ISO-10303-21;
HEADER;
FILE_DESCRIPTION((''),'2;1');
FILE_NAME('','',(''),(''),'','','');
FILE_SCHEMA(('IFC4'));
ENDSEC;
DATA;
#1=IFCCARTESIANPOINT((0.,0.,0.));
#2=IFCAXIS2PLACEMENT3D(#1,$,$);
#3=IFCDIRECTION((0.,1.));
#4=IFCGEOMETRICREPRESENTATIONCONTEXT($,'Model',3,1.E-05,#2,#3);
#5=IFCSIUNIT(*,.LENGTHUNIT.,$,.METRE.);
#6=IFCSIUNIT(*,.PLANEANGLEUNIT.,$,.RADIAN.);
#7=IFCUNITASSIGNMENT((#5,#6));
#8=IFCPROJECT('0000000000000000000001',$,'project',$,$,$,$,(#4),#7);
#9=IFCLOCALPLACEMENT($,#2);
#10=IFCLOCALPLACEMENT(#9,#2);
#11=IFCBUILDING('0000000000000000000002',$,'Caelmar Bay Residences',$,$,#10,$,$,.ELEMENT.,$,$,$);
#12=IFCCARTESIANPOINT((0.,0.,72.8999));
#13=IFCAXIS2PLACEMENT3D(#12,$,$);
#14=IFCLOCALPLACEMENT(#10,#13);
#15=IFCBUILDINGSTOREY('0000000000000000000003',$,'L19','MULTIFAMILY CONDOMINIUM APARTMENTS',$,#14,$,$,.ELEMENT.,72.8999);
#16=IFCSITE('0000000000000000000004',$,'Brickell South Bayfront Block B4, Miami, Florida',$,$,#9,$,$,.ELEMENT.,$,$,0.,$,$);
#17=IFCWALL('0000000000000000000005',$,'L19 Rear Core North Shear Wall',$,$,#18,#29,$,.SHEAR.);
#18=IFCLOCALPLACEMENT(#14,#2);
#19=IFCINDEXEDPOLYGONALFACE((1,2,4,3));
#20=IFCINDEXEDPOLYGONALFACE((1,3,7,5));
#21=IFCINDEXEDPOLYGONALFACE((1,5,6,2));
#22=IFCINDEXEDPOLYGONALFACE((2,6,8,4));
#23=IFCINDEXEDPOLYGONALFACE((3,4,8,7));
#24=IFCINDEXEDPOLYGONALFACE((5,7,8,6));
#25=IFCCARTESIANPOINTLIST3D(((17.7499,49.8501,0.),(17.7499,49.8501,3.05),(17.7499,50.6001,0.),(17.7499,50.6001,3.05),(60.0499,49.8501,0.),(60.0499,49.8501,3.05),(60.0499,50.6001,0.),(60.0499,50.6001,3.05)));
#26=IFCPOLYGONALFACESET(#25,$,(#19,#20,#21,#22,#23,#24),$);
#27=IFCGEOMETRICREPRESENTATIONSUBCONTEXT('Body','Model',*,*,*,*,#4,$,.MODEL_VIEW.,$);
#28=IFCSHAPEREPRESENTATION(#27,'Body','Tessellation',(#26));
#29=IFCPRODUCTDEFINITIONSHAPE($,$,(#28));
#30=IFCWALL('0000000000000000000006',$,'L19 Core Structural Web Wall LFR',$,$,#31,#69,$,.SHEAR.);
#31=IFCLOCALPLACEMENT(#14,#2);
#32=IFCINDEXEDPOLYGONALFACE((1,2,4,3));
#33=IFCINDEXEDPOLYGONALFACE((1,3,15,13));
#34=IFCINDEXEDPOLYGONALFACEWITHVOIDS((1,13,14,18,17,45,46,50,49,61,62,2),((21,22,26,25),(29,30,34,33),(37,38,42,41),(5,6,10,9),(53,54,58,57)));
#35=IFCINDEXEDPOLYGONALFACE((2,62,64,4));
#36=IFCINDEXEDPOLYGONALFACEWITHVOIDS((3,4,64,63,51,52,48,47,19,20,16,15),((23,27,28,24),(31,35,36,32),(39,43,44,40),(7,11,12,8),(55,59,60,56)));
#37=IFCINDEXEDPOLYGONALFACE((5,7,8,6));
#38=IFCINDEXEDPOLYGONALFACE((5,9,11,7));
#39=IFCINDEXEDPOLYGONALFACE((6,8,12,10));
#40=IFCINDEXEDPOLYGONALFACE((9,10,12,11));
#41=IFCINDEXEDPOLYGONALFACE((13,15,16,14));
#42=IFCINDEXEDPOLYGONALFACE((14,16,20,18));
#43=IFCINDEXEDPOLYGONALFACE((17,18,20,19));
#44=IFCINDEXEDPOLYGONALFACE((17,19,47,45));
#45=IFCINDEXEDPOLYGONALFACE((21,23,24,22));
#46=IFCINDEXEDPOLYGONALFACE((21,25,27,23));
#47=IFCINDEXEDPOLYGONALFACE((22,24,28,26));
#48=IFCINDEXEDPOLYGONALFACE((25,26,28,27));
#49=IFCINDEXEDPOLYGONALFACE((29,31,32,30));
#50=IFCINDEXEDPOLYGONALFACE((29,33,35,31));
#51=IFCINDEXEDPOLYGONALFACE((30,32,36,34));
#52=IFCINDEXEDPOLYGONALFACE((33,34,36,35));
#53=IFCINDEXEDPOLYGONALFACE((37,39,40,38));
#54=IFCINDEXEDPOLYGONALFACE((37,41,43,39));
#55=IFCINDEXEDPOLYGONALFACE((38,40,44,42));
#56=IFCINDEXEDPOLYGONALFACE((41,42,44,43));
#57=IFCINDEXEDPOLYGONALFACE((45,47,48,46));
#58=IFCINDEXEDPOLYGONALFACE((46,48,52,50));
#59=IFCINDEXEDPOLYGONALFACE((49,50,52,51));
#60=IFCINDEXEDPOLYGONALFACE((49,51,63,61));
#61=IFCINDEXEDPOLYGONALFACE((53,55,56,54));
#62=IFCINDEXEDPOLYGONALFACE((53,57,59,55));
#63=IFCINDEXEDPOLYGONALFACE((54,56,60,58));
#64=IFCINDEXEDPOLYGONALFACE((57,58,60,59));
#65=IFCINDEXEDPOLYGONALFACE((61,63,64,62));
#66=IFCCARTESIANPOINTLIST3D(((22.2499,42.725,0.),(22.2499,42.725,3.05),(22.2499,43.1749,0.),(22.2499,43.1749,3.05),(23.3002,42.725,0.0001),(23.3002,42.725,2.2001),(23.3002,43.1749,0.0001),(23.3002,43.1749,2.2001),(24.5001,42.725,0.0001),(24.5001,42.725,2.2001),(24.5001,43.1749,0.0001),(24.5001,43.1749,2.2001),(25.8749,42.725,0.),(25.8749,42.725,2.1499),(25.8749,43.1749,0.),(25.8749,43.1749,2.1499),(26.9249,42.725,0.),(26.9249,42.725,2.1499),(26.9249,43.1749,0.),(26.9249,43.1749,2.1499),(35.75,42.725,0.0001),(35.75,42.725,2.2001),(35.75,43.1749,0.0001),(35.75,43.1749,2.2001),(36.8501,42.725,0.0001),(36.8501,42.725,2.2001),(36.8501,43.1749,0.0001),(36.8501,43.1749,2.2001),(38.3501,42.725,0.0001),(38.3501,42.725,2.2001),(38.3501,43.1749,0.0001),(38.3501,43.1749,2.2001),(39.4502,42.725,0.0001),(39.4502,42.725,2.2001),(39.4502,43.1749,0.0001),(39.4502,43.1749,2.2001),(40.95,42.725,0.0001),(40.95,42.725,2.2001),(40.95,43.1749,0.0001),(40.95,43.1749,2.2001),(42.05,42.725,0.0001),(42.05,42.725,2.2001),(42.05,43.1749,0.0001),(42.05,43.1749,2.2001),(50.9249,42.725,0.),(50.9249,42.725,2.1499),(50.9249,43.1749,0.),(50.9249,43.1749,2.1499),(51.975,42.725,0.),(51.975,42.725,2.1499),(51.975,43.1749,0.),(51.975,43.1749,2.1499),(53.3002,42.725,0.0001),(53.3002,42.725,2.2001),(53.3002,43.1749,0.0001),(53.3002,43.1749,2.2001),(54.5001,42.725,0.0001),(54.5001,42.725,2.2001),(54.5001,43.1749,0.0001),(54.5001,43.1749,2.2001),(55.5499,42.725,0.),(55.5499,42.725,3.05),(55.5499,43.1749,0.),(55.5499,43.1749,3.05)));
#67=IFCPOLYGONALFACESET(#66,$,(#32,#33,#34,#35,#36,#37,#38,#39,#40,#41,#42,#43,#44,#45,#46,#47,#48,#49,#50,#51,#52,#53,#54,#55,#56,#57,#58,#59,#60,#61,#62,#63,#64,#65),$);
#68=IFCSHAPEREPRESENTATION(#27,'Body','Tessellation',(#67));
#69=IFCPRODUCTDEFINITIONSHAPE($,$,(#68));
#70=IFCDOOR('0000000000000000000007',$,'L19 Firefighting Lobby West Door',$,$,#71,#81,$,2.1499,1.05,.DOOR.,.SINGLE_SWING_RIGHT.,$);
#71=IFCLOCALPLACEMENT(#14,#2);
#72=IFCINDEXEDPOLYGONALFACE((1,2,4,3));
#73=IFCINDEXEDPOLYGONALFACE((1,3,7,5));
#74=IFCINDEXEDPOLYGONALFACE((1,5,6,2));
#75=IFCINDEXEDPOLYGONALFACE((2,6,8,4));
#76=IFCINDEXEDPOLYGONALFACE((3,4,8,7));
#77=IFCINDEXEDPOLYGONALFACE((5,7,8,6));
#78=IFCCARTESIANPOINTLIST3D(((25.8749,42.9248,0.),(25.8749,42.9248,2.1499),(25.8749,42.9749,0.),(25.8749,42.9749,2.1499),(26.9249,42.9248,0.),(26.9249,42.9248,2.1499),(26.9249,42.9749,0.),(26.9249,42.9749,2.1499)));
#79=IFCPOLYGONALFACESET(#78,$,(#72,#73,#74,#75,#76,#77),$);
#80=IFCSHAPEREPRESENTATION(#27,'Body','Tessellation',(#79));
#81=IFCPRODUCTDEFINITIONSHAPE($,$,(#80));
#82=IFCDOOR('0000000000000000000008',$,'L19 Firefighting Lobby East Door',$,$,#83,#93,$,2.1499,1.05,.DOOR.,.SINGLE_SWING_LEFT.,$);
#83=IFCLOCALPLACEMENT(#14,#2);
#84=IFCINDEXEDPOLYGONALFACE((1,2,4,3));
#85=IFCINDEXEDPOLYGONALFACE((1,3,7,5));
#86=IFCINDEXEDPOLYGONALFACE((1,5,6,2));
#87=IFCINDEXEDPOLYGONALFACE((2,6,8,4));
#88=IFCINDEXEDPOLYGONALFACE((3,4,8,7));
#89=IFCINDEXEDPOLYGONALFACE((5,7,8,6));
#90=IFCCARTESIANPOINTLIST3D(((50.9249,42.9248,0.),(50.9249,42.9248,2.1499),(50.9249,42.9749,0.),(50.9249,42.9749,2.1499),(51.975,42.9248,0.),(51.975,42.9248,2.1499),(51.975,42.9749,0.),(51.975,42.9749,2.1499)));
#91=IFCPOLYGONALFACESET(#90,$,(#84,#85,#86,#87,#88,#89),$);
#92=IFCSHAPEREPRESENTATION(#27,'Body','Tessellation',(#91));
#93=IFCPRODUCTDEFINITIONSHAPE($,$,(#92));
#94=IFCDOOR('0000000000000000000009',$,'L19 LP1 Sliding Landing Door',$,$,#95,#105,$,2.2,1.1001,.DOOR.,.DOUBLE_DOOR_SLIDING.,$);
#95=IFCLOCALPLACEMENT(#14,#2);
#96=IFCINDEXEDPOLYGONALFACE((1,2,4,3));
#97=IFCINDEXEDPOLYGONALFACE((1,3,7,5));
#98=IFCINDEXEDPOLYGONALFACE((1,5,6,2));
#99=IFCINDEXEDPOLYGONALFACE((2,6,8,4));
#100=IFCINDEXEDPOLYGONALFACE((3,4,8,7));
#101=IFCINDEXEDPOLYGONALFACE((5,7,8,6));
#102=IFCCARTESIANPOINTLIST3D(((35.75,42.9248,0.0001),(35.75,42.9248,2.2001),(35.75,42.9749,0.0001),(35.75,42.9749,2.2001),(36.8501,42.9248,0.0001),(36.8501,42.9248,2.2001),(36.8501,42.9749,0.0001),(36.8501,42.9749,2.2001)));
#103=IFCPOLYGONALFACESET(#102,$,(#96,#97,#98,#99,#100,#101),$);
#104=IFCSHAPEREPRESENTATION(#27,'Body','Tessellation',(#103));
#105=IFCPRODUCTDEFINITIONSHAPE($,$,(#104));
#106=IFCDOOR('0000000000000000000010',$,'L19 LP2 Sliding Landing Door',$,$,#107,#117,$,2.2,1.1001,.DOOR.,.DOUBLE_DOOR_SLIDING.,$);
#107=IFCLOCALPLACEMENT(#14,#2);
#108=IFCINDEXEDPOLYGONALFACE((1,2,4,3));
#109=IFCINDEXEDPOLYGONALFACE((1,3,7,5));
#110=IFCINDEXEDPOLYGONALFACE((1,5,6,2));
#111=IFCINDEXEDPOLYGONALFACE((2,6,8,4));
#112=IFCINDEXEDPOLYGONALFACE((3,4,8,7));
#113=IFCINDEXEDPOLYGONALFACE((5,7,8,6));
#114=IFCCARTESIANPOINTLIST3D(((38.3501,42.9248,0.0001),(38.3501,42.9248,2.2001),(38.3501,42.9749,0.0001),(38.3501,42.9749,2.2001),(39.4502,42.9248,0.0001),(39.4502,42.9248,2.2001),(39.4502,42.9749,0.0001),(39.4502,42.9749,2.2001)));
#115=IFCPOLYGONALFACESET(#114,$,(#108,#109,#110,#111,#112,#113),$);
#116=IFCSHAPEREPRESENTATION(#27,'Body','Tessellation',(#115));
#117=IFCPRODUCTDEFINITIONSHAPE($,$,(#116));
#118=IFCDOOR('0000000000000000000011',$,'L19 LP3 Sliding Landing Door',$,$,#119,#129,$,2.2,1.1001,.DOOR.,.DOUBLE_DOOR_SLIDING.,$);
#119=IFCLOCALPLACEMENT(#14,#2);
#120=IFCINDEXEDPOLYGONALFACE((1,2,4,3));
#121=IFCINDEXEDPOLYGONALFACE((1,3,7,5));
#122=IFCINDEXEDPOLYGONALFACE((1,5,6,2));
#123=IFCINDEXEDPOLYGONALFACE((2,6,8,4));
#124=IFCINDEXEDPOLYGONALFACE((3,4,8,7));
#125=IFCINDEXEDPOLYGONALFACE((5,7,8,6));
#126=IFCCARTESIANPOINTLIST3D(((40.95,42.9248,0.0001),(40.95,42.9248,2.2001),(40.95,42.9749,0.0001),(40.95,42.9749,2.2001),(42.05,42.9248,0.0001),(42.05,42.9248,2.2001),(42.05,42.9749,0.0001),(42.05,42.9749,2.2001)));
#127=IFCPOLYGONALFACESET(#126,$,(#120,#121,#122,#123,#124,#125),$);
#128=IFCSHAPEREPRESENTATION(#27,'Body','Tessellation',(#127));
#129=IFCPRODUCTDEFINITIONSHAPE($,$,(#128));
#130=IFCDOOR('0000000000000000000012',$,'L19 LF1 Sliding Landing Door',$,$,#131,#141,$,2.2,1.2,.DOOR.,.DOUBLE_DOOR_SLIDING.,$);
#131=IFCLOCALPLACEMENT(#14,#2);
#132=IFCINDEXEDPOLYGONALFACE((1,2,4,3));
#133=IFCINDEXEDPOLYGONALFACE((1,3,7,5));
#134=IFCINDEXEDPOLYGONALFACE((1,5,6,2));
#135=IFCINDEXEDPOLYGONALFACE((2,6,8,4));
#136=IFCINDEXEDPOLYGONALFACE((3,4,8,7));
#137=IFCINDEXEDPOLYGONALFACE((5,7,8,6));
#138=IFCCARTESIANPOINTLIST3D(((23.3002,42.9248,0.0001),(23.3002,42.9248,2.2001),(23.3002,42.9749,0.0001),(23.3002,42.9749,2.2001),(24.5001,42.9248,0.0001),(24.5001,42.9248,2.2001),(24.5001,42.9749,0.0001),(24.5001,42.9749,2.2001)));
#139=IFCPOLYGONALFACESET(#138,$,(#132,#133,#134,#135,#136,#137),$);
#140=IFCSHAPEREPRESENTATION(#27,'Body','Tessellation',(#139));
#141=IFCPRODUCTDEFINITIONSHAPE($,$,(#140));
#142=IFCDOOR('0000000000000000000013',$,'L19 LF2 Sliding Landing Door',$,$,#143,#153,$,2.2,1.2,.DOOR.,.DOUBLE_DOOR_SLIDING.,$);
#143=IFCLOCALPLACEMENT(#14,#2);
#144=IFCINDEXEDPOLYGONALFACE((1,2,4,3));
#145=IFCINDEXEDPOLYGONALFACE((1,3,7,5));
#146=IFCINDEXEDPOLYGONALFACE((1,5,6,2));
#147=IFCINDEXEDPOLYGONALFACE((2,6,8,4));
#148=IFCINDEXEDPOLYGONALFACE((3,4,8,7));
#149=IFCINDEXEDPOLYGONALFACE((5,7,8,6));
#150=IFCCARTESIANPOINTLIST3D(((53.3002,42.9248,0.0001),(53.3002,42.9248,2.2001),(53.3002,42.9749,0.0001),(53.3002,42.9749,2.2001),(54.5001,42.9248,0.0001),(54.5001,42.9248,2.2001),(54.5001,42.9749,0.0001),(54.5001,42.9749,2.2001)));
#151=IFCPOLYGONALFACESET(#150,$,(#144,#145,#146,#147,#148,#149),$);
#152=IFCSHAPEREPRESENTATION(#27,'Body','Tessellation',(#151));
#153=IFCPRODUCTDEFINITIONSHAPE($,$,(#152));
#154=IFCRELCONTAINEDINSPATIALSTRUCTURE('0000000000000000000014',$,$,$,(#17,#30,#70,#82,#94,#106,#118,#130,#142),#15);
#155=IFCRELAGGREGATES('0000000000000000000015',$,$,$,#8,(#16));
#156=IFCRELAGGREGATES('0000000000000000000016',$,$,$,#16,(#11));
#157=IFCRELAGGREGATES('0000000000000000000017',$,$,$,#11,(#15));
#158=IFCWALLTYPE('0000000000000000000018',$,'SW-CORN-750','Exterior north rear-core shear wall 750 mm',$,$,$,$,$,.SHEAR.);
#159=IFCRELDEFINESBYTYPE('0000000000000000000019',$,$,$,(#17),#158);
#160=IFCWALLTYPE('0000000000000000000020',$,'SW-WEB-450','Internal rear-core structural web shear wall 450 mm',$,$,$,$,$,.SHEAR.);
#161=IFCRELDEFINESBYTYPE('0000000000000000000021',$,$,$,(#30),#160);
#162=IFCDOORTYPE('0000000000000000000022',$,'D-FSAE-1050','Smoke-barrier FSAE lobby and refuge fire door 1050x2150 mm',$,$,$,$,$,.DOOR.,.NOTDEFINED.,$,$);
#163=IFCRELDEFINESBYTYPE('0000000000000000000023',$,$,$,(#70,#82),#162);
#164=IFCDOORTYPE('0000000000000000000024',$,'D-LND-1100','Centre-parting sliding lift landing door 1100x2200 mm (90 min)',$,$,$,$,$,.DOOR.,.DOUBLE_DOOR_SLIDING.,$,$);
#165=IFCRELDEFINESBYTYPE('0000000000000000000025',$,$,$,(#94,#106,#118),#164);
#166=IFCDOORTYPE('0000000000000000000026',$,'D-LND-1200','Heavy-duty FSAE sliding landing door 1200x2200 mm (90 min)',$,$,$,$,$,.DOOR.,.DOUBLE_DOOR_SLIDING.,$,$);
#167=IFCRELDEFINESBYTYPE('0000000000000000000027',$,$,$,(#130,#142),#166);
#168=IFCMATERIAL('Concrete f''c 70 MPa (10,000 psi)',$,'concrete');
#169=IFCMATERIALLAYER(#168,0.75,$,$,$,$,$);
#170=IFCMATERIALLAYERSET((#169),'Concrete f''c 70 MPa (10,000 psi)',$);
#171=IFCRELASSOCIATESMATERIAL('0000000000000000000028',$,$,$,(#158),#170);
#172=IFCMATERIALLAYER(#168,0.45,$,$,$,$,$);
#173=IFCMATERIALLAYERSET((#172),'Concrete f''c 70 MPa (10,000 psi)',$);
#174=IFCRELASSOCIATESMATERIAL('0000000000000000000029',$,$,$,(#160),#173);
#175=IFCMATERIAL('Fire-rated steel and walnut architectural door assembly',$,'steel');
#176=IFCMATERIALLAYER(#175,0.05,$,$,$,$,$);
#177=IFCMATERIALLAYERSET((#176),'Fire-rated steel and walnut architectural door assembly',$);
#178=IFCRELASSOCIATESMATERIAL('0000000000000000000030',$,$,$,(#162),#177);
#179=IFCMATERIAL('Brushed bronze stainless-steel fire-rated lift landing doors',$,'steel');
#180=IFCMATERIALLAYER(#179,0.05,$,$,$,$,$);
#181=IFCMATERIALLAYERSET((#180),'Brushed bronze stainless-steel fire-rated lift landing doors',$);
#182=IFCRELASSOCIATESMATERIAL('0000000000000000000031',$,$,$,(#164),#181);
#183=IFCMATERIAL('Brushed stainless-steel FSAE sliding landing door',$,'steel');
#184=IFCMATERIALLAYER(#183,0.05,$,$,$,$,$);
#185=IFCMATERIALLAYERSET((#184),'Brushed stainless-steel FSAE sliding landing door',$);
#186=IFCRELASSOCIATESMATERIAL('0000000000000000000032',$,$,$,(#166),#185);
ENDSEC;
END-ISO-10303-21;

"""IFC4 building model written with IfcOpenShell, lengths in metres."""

from ifc_helpers import new_model, si_unit, direction, frame, frame_2d, origin, place, context, subcontext, project, spatial, rectangle, extrude, material, layer, layer_set, type_object, element, fill, save


model = new_model("IFC4")

# Units and contexts
model_context = context("Model", 3, precision=1e-05, world=origin(), true_north=direction((0.0, 1.0)))
body_context = subcontext(model_context, "Body", "Model", "MODEL_VIEW")
ifc_project = project(units=[si_unit("LENGTHUNIT", "METRE"), si_unit("PLANEANGLEUNIT", "RADIAN")], contexts=[model_context])

# Site, building, storey
site_placement = place(None, origin())
site = spatial("IfcSite", under=ifc_project, at=site_placement, Name="Brickell South Bayfront Block B4, Miami, Florida", CompositionType="ELEMENT", RefElevation=0.0)
building_placement = place(site_placement, origin())
building = spatial("IfcBuilding", under=site, at=building_placement, Name="Caelmar Bay Residences", CompositionType="ELEMENT")
storey_placement = place(building_placement, frame((0.0, 0.0, 72.8999)))
storey = spatial("IfcBuildingStorey", under=building, at=storey_placement, Name="L19", Description="MULTIFAMILY CONDOMINIUM APARTMENTS", CompositionType="ELEMENT", Elevation=72.8999)

# Wall
ifc_material_1 = material(Name="Concrete f'c 70 MPa (10,000 psi)", Category="concrete")
ifc_layer_1 = layer(ifc_material_1, 0.75)
ifc_layer_set_1 = layer_set([ifc_layer_1], Name="Concrete f'c 70 MPa (10,000 psi)")
wall_type_1 = type_object("IfcWallType", Name="SW-CORN-750", Description="Exterior north rear-core shear wall 750 mm", PredefinedType="SHEAR", material=ifc_layer_set_1)
wall_1_placement = place(storey_placement, frame((17.75, 50.2251, 0.0), z_axis=(0.0, 0.0, 1.0), x_axis=(1.0, 0.0, 0.0)))
element("IfcWall", 1, at=wall_1_placement, inside=storey, type_object=wall_type_1, Name="L19 Rear Core North Shear Wall", PredefinedType="SHEAR", context=body_context, shape_type="SweptSolid", body=[
    extrude(rectangle(XDim=42.3, YDim=0.75, at=frame_2d((21.1499, 0.0))), origin(), (0.0, 0.0, 1.0), 3.05),
])

# Wall, openings, doors
ifc_layer_2 = layer(ifc_material_1, 0.45)
ifc_layer_set_2 = layer_set([ifc_layer_2], Name="Concrete f'c 70 MPa (10,000 psi)")
wall_type_2 = type_object("IfcWallType", Name="SW-WEB-450", Description="Internal rear-core structural web shear wall 450 mm", PredefinedType="SHEAR", material=ifc_layer_set_2)
wall_2_placement = place(storey_placement, frame((22.25, 42.95, 0.0), z_axis=(0.0, 0.0, 1.0), x_axis=(1.0, 0.0, 0.0)))
wall_2 = element("IfcWall", 2, at=wall_2_placement, inside=storey, type_object=wall_type_2, Name="L19 Core Structural Web Wall LFR", PredefinedType="SHEAR", context=body_context, shape_type="SweptSolid", body=[
    extrude(rectangle(XDim=33.3, YDim=0.45, at=frame_2d((16.6499, 0.0))), origin(), (0.0, 0.0, 1.0), 3.05),
])
opening_1_placement = place(wall_2_placement, frame((1.05, 0.0, 0.0)))
opening_1 = element("IfcOpeningElement", 3, at=opening_1_placement, cuts=wall_2, PredefinedType="OPENING", context=body_context, shape_type="SweptSolid", body=[
    extrude(rectangle(XDim=1.2, YDim=2.2, at=frame_2d((0.6001, 1.1001))), frame((0.0, 0.2349, 0.0), z_axis=(0.0, -1.0, 0.0), x_axis=(1.0, 0.0, 0.0)), (0.0, 0.0, 1.0), 0.47),
])
opening_2_placement = place(wall_2_placement, frame((31.05, 0.0, 0.0)))
opening_2 = element("IfcOpeningElement", 4, at=opening_2_placement, cuts=wall_2, PredefinedType="OPENING", context=body_context, shape_type="SweptSolid", body=[
    extrude(rectangle(XDim=1.2, YDim=2.2, at=frame_2d((0.6001, 1.1001))), frame((0.0, 0.2349, 0.0), z_axis=(0.0, -1.0, 0.0), x_axis=(1.0, 0.0, 0.0)), (0.0, 0.0, 1.0), 0.47),
])
opening_3_placement = place(wall_2_placement, frame((13.5, 0.0, 0.0)))
opening_3 = element("IfcOpeningElement", 5, at=opening_3_placement, cuts=wall_2, PredefinedType="OPENING", context=body_context, shape_type="SweptSolid", body=[
    extrude(rectangle(XDim=1.1001, YDim=2.2, at=frame_2d((0.55, 1.1001))), frame((0.0, 0.2349, 0.0), z_axis=(0.0, -1.0, 0.0), x_axis=(1.0, 0.0, 0.0)), (0.0, 0.0, 1.0), 0.47),
])
opening_4_placement = place(wall_2_placement, frame((16.1001, 0.0, 0.0)))
opening_4 = element("IfcOpeningElement", 6, at=opening_4_placement, cuts=wall_2, PredefinedType="OPENING", context=body_context, shape_type="SweptSolid", body=[
    extrude(rectangle(XDim=1.1001, YDim=2.2, at=frame_2d((0.55, 1.1001))), frame((0.0, 0.2349, 0.0), z_axis=(0.0, -1.0, 0.0), x_axis=(1.0, 0.0, 0.0)), (0.0, 0.0, 1.0), 0.47),
])
opening_5_placement = place(wall_2_placement, frame((18.7, 0.0, 0.0)))
opening_5 = element("IfcOpeningElement", 7, at=opening_5_placement, cuts=wall_2, PredefinedType="OPENING", context=body_context, shape_type="SweptSolid", body=[
    extrude(rectangle(XDim=1.1001, YDim=2.2, at=frame_2d((0.55, 1.1001))), frame((0.0, 0.2349, 0.0), z_axis=(0.0, -1.0, 0.0), x_axis=(1.0, 0.0, 0.0)), (0.0, 0.0, 1.0), 0.47),
])
opening_6_placement = place(wall_2_placement, frame((3.625, 0.0, 0.0)))
opening_6 = element("IfcOpeningElement", 8, at=opening_6_placement, cuts=wall_2, PredefinedType="OPENING", context=body_context, shape_type="SweptSolid", body=[
    extrude(rectangle(XDim=1.05, YDim=2.1499, at=frame_2d((0.5249, 1.075))), frame((0.0, 0.2349, 0.0), z_axis=(0.0, -1.0, 0.0), x_axis=(1.0, 0.0, 0.0)), (0.0, 0.0, 1.0), 0.47),
])
opening_7_placement = place(wall_2_placement, frame((28.675, 0.0, 0.0)))
opening_7 = element("IfcOpeningElement", 9, at=opening_7_placement, cuts=wall_2, PredefinedType="OPENING", context=body_context, shape_type="SweptSolid", body=[
    extrude(rectangle(XDim=1.05, YDim=2.1499, at=frame_2d((0.5249, 1.075))), frame((0.0, 0.2349, 0.0), z_axis=(0.0, -1.0, 0.0), x_axis=(1.0, 0.0, 0.0)), (0.0, 0.0, 1.0), 0.47),
])
ifc_material_2 = material(Name="Fire-rated steel and walnut architectural door assembly", Category="steel")
ifc_layer_3 = layer(ifc_material_2, 0.05)
ifc_layer_set_3 = layer_set([ifc_layer_3], Name="Fire-rated steel and walnut architectural door assembly")
door_type_1 = type_object("IfcDoorType", Name="D-FSAE-1050", Description="Smoke-barrier FSAE lobby and refuge fire door 1050x2150 mm", OperationType="NOTDEFINED", PredefinedType="DOOR", material=ifc_layer_set_3)
door_1_placement = place(opening_6_placement, origin())
door_1 = element("IfcDoor", 10, at=door_1_placement, inside=storey, type_object=door_type_1, Name="L19 Firefighting Lobby West Door", OperationType="SINGLE_SWING_RIGHT", OverallHeight=2.1499, OverallWidth=1.05, PredefinedType="DOOR", context=body_context, shape_type="SweptSolid", body=[
    extrude(rectangle(XDim=1.05, YDim=2.1499, at=frame_2d((0.5249, 1.075))), frame((0.0, 0.0249, 0.0), z_axis=(0.0, -1.0, 0.0), x_axis=(1.0, 0.0, 0.0)), (0.0, 0.0, 1.0), 0.05),
])
fill(opening_6, door_1)
door_2_placement = place(opening_7_placement, origin())
door_2 = element("IfcDoor", 11, at=door_2_placement, inside=storey, type_object=door_type_1, Name="L19 Firefighting Lobby East Door", OperationType="SINGLE_SWING_LEFT", OverallHeight=2.1499, OverallWidth=1.05, PredefinedType="DOOR", context=body_context, shape_type="SweptSolid", body=[
    extrude(rectangle(XDim=1.05, YDim=2.1499, at=frame_2d((0.5249, 1.075))), frame((0.0, 0.0249, 0.0), z_axis=(0.0, -1.0, 0.0), x_axis=(1.0, 0.0, 0.0)), (0.0, 0.0, 1.0), 0.05),
])
fill(opening_7, door_2)
ifc_material_3 = material(Name="Brushed bronze stainless-steel fire-rated lift landing doors", Category="steel")
ifc_layer_4 = layer(ifc_material_3, 0.05)
ifc_layer_set_4 = layer_set([ifc_layer_4], Name="Brushed bronze stainless-steel fire-rated lift landing doors")
door_type_2 = type_object("IfcDoorType", Name="D-LND-1100", Description="Centre-parting sliding lift landing door 1100x2200 mm (90 min)", OperationType="DOUBLE_DOOR_SLIDING", PredefinedType="DOOR", material=ifc_layer_set_4)
door_3_placement = place(opening_3_placement, origin())
door_3 = element("IfcDoor", 12, at=door_3_placement, inside=storey, type_object=door_type_2, Name="L19 LP1 Sliding Landing Door", OperationType="DOUBLE_DOOR_SLIDING", OverallHeight=2.2, OverallWidth=1.1001, PredefinedType="DOOR", context=body_context, shape_type="SweptSolid", body=[
    extrude(rectangle(XDim=1.1001, YDim=2.2, at=frame_2d((0.55, 1.1001))), frame((0.0, 0.0249, 0.0), z_axis=(0.0, -1.0, 0.0), x_axis=(1.0, 0.0, 0.0)), (0.0, 0.0, 1.0), 0.05),
])
fill(opening_3, door_3)
door_4_placement = place(opening_4_placement, origin())
door_4 = element("IfcDoor", 13, at=door_4_placement, inside=storey, type_object=door_type_2, Name="L19 LP2 Sliding Landing Door", OperationType="DOUBLE_DOOR_SLIDING", OverallHeight=2.2, OverallWidth=1.1001, PredefinedType="DOOR", context=body_context, shape_type="SweptSolid", body=[
    extrude(rectangle(XDim=1.1001, YDim=2.2, at=frame_2d((0.55, 1.1001))), frame((0.0, 0.0249, 0.0), z_axis=(0.0, -1.0, 0.0), x_axis=(1.0, 0.0, 0.0)), (0.0, 0.0, 1.0), 0.05),
])
fill(opening_4, door_4)
door_5_placement = place(opening_5_placement, origin())
door_5 = element("IfcDoor", 14, at=door_5_placement, inside=storey, type_object=door_type_2, Name="L19 LP3 Sliding Landing Door", OperationType="DOUBLE_DOOR_SLIDING", OverallHeight=2.2, OverallWidth=1.1001, PredefinedType="DOOR", context=body_context, shape_type="SweptSolid", body=[
    extrude(rectangle(XDim=1.1001, YDim=2.2, at=frame_2d((0.55, 1.1001))), frame((0.0, 0.0249, 0.0), z_axis=(0.0, -1.0, 0.0), x_axis=(1.0, 0.0, 0.0)), (0.0, 0.0, 1.0), 0.05),
])
fill(opening_5, door_5)
ifc_material_4 = material(Name="Brushed stainless-steel FSAE sliding landing door", Category="steel")
ifc_layer_5 = layer(ifc_material_4, 0.05)
ifc_layer_set_5 = layer_set([ifc_layer_5], Name="Brushed stainless-steel FSAE sliding landing door")
door_type_3 = type_object("IfcDoorType", Name="D-LND-1200", Description="Heavy-duty FSAE sliding landing door 1200x2200 mm (90 min)", OperationType="DOUBLE_DOOR_SLIDING", PredefinedType="DOOR", material=ifc_layer_set_5)
door_6_placement = place(opening_1_placement, origin())
door_6 = element("IfcDoor", 15, at=door_6_placement, inside=storey, type_object=door_type_3, Name="L19 LF1 Sliding Landing Door", OperationType="DOUBLE_DOOR_SLIDING", OverallHeight=2.2, OverallWidth=1.2, PredefinedType="DOOR", context=body_context, shape_type="SweptSolid", body=[
    extrude(rectangle(XDim=1.2, YDim=2.2, at=frame_2d((0.6001, 1.1001))), frame((0.0, 0.0249, 0.0), z_axis=(0.0, -1.0, 0.0), x_axis=(1.0, 0.0, 0.0)), (0.0, 0.0, 1.0), 0.05),
])
fill(opening_1, door_6)
door_7_placement = place(opening_2_placement, origin())
door_7 = element("IfcDoor", 16, at=door_7_placement, inside=storey, type_object=door_type_3, Name="L19 LF2 Sliding Landing Door", OperationType="DOUBLE_DOOR_SLIDING", OverallHeight=2.2, OverallWidth=1.2, PredefinedType="DOOR", context=body_context, shape_type="SweptSolid", body=[
    extrude(rectangle(XDim=1.2, YDim=2.2, at=frame_2d((0.6001, 1.1001))), frame((0.0, 0.0249, 0.0), z_axis=(0.0, -1.0, 0.0), x_axis=(1.0, 0.0, 0.0)), (0.0, 0.0, 1.0), 0.05),
])
fill(opening_2, door_7)

save(model, "model.ifc")
